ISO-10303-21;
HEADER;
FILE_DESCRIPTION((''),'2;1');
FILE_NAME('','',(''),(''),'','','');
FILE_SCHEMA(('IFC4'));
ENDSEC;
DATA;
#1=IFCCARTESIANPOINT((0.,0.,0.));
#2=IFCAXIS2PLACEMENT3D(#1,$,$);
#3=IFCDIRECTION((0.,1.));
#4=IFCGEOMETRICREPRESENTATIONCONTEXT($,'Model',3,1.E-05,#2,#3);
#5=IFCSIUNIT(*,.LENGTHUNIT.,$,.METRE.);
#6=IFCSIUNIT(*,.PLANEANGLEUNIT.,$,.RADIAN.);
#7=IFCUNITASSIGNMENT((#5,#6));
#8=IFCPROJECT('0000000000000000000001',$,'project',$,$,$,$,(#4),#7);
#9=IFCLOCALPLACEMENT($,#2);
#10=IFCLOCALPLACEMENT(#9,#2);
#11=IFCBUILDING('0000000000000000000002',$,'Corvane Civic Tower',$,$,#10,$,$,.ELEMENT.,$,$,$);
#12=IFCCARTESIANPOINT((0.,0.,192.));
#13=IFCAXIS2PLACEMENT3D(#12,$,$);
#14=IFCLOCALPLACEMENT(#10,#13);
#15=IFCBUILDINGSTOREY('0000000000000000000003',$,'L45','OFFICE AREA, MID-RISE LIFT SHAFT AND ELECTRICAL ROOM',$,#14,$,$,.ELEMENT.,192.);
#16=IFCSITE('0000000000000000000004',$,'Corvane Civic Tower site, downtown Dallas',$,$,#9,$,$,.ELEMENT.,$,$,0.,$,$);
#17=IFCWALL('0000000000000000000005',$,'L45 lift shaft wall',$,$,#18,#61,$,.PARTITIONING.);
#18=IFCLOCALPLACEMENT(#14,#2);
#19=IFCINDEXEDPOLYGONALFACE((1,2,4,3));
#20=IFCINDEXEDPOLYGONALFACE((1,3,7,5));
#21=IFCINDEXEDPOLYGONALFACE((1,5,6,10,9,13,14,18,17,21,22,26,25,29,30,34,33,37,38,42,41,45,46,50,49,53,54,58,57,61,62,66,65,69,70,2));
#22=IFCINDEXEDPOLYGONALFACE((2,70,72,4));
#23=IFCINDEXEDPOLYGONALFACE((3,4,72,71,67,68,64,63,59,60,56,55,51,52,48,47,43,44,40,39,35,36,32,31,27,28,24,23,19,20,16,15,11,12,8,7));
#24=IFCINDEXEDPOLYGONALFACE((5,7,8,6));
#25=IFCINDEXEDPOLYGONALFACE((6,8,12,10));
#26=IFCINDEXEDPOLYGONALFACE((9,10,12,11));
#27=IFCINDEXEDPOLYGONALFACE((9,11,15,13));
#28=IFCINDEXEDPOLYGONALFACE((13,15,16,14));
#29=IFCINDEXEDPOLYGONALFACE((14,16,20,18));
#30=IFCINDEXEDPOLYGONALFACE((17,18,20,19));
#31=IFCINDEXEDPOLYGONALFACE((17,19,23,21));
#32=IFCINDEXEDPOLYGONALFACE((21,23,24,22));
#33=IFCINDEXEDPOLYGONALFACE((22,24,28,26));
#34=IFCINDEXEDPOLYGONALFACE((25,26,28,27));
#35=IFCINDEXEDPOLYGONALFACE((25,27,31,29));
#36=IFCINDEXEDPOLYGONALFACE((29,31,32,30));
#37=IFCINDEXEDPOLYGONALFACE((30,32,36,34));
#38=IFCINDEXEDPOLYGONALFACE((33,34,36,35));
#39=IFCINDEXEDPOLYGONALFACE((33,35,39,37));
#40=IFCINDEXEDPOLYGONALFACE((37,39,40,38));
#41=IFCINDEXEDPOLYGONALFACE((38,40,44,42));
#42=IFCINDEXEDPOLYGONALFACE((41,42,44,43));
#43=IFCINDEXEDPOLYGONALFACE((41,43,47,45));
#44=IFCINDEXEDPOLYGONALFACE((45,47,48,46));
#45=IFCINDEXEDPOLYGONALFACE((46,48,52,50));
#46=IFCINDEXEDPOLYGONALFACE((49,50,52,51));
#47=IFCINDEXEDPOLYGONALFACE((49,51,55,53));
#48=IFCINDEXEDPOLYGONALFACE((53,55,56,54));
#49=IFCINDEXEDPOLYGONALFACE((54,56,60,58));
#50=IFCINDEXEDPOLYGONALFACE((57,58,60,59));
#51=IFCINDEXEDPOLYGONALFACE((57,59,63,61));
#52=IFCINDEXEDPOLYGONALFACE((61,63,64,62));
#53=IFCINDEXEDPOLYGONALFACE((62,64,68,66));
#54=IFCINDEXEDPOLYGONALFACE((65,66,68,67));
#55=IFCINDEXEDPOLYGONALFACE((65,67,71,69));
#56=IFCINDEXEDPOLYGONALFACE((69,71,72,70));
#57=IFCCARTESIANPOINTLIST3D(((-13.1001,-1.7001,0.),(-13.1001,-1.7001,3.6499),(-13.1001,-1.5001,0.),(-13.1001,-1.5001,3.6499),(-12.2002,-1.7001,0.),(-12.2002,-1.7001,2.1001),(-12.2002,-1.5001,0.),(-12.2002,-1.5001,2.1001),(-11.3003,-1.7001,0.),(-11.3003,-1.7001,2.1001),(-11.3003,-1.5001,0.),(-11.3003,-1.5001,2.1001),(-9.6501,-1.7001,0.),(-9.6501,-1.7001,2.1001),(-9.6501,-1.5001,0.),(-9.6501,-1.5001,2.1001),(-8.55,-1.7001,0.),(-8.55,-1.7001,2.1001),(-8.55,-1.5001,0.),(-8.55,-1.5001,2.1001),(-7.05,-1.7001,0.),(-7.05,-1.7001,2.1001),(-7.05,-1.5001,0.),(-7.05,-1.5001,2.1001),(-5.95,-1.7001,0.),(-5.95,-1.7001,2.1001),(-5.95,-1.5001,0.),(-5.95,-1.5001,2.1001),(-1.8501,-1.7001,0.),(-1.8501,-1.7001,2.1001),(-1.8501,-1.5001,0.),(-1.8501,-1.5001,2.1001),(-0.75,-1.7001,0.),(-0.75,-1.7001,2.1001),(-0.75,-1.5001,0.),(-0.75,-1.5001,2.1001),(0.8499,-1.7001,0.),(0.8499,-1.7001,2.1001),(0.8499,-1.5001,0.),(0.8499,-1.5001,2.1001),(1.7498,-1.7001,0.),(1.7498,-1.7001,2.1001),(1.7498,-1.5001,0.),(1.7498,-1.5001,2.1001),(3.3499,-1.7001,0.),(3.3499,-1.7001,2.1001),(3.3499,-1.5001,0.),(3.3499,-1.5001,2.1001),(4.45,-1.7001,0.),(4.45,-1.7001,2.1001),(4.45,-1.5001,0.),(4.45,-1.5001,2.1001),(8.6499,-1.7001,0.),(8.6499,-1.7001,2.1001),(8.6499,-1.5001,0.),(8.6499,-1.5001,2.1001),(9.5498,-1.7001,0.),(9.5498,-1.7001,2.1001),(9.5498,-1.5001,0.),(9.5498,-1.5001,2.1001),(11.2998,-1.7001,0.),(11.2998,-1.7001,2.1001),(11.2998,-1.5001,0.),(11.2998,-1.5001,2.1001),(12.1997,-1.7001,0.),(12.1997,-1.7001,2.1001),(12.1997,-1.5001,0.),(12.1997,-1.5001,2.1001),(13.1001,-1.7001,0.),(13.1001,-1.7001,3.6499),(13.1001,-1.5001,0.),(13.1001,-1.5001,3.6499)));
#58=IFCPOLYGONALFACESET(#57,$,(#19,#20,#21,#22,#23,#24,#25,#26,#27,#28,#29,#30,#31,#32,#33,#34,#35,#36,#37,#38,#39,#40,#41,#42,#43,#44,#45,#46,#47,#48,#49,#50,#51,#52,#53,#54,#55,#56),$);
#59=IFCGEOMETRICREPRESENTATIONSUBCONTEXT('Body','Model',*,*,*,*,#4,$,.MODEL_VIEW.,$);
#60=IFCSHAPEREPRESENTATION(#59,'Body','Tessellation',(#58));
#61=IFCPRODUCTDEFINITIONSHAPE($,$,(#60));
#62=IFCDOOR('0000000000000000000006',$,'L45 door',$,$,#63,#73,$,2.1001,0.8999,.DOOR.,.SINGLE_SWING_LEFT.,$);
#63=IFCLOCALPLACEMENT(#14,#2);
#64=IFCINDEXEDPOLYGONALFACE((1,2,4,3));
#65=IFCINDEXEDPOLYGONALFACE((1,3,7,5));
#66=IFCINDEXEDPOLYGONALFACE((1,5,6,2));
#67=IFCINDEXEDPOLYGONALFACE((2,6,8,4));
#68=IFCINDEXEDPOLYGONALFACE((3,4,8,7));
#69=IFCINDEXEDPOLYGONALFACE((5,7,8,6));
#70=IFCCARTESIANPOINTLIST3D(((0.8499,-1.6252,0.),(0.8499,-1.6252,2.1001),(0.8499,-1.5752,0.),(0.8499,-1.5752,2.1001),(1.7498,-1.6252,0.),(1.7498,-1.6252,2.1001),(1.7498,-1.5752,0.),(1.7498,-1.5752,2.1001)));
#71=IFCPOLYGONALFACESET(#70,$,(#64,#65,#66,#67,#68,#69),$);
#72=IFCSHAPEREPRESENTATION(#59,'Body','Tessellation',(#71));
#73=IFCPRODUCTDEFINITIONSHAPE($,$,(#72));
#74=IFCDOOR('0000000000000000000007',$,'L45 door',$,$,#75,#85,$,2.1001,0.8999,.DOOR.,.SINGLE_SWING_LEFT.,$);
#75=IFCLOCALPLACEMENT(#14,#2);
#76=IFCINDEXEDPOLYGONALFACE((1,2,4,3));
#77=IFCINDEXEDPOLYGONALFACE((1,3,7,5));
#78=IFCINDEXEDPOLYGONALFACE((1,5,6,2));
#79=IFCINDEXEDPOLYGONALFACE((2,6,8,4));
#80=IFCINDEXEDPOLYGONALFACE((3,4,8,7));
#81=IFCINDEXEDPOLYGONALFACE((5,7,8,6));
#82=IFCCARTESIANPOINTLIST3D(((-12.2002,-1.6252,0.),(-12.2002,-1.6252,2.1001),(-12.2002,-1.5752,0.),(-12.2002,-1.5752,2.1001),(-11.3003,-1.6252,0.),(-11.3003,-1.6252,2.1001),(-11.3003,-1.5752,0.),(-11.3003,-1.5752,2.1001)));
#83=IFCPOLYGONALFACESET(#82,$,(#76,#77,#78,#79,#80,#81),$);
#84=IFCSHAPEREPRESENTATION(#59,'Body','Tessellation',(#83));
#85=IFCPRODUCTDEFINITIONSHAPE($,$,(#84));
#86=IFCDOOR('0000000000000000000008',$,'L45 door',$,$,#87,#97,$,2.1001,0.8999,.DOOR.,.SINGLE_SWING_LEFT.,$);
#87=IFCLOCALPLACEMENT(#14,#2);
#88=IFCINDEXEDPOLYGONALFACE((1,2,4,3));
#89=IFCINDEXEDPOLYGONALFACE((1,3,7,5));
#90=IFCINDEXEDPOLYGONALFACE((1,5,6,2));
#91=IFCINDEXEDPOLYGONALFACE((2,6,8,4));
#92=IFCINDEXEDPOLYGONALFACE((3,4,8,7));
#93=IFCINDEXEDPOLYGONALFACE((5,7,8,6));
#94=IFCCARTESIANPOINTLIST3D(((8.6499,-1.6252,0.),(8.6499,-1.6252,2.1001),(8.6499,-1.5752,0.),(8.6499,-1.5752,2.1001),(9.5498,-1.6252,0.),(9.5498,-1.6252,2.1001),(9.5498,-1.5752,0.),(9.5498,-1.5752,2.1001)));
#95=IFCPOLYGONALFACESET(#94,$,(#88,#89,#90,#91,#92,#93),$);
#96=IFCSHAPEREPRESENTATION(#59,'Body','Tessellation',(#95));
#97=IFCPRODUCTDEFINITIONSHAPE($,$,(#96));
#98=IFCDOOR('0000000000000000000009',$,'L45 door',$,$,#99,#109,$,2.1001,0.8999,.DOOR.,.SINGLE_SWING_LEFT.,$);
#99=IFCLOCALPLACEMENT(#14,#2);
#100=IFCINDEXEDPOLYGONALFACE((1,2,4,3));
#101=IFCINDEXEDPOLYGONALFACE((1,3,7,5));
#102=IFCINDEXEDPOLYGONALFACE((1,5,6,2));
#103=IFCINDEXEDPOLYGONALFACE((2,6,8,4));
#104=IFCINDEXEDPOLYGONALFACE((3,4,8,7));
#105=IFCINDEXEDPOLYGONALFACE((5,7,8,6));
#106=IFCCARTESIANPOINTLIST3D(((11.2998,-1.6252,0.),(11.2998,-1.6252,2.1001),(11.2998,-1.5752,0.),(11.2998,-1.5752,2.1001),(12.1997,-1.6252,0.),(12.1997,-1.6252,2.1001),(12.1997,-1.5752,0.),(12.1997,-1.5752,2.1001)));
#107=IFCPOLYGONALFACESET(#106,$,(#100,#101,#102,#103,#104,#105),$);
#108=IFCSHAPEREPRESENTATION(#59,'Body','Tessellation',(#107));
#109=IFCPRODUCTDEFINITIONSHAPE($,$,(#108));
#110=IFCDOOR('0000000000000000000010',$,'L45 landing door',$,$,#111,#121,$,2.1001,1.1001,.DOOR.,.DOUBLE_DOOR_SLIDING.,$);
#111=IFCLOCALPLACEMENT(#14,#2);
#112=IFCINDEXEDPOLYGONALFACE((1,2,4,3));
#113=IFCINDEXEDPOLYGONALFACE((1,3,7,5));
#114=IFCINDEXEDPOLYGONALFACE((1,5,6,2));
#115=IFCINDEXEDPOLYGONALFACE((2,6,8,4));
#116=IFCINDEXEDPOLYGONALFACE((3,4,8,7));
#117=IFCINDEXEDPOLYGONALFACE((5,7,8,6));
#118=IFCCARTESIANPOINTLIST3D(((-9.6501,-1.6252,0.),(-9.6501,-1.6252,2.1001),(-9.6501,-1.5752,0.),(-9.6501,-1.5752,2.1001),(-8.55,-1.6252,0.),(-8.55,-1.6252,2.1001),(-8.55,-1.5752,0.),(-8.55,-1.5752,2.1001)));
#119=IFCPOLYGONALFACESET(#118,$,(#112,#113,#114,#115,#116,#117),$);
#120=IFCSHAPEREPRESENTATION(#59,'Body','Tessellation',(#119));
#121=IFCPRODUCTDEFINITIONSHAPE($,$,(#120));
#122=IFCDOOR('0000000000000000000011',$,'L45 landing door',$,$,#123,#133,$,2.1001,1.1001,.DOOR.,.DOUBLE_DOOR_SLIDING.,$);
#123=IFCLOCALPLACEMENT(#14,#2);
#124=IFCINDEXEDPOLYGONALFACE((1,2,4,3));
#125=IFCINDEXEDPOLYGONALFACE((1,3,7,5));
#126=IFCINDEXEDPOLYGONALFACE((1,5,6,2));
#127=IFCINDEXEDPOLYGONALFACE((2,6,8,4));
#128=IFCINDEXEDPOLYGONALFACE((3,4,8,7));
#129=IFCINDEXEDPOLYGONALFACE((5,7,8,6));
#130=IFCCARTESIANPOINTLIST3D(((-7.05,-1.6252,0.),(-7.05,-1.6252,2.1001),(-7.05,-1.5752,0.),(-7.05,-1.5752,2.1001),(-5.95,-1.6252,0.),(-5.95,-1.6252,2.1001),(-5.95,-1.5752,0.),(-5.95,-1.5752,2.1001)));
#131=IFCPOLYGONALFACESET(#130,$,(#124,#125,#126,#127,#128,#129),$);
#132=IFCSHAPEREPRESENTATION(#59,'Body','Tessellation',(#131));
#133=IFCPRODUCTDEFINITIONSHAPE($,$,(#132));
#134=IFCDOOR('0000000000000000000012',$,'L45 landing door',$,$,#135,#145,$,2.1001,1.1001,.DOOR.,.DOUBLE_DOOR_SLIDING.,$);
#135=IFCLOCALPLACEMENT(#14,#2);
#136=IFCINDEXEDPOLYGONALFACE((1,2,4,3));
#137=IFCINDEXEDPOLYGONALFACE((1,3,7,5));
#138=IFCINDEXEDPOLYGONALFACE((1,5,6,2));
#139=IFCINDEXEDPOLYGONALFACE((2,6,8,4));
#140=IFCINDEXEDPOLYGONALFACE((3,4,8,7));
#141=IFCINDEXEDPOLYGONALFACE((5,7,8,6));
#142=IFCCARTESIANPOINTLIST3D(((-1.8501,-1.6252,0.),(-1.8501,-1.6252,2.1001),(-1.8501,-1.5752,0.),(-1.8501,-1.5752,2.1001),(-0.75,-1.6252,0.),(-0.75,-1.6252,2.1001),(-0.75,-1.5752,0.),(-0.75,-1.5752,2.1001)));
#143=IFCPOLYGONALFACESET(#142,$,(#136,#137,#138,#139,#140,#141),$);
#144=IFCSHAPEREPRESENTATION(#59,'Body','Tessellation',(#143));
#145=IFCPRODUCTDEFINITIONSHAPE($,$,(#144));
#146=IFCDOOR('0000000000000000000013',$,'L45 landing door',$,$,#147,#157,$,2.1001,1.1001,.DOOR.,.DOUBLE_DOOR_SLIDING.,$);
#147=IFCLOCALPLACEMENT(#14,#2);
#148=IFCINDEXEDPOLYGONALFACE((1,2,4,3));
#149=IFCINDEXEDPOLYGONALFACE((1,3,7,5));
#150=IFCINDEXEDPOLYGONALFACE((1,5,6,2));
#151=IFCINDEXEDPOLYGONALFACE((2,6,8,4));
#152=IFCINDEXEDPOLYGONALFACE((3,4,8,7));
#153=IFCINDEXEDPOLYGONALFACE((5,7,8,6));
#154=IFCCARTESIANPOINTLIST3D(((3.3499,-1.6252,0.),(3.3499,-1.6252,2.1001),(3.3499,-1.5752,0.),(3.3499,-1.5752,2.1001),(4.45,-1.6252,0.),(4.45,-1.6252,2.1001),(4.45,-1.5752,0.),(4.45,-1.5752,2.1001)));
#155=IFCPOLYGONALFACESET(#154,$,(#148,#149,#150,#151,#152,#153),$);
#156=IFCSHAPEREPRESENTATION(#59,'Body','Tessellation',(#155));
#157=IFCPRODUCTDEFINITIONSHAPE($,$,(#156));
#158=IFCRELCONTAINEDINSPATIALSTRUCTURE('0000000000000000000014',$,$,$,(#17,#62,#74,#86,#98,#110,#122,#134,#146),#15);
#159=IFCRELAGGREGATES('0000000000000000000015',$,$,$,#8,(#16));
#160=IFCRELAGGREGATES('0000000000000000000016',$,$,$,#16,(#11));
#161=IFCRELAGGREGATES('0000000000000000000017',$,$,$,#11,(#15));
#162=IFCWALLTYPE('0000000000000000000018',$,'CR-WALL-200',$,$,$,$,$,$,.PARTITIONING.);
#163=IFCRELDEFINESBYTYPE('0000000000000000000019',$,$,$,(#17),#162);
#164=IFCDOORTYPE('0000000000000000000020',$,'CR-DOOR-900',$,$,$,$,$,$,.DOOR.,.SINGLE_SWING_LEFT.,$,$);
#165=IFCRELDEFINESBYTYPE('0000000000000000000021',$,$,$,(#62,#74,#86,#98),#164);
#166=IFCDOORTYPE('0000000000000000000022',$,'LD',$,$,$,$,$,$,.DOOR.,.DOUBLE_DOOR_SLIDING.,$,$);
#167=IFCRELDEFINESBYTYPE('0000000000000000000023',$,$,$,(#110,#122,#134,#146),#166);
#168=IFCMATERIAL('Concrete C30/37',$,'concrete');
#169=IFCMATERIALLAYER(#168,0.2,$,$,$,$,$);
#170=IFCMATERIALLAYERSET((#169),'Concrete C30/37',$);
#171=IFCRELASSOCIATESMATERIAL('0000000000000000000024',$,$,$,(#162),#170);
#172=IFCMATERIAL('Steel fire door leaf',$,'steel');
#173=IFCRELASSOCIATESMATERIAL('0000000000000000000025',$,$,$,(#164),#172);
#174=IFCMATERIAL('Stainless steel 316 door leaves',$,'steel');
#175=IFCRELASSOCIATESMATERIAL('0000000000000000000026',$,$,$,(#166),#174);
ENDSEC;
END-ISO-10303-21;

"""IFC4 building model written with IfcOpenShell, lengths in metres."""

from ifc_helpers import new_model, si_unit, direction, frame, frame_2d, origin, place, context, subcontext, project, spatial, rectangle, extrude, material, layer, layer_set, type_object, element, fill, save


model = new_model("IFC4")

# Units and contexts
model_context = context("Model", 3, precision=1e-05, world=origin(), true_north=direction((0.0, 1.0)))
body_context = subcontext(model_context, "Body", "Model", "MODEL_VIEW")
ifc_project = project(units=[si_unit("LENGTHUNIT", "METRE"), si_unit("PLANEANGLEUNIT", "RADIAN")], contexts=[model_context])

# Site, building, storey
site_placement = place(None, origin())
site = spatial("IfcSite", under=ifc_project, at=site_placement, Name="Corvane Civic Tower site, downtown Dallas", CompositionType="ELEMENT", RefElevation=0.0)
building_placement = place(site_placement, origin())
building = spatial("IfcBuilding", under=site, at=building_placement, Name="Corvane Civic Tower", CompositionType="ELEMENT")
storey_placement = place(building_placement, frame((0.0, 0.0, 192.0)))
storey = spatial("IfcBuildingStorey", under=building, at=storey_placement, Name="L45", Description="OFFICE AREA, MID-RISE LIFT SHAFT AND ELECTRICAL ROOM", CompositionType="ELEMENT", Elevation=192.0)

# Shared definitions
ifc_material_1 = material(Name="Concrete C30/37", Category="concrete")
ifc_layer_1 = layer(ifc_material_1, 0.2)
ifc_layer_set_1 = layer_set([ifc_layer_1], Name="Concrete C30/37")
wall_type_1 = type_object("IfcWallType", Name="CR-WALL-200", PredefinedType="PARTITIONING", material=ifc_layer_set_1)
ifc_material_2 = material(Name="Steel fire door leaf", Category="steel")
door_type_1 = type_object("IfcDoorType", Name="CR-DOOR-900", OperationType="SINGLE_SWING_LEFT", PredefinedType="DOOR", material=ifc_material_2)

# Wall, openings, doors
wall_1_placement = place(storey_placement, frame((-13.1001, -1.6001, 0.0), z_axis=(0.0, 0.0, 1.0), x_axis=(1.0, 0.0, 0.0)))
wall_1 = element("IfcWall", 1, at=wall_1_placement, inside=storey, type_object=wall_type_1, Name="L45 lift shaft wall", PredefinedType="PARTITIONING", context=body_context, shape_type="SweptSolid", body=[
    extrude(rectangle(XDim=26.2002, YDim=0.2, at=frame_2d((13.1001, 0.0))), origin(), (0.0, 0.0, 1.0), 3.6499),
])
opening_1_placement = place(wall_1_placement, frame((3.45, 0.0, 0.0)))
opening_1 = element("IfcOpeningElement", 2, at=opening_1_placement, cuts=wall_1, PredefinedType="OPENING", context=body_context, shape_type="SweptSolid", body=[
    extrude(rectangle(XDim=1.1001, YDim=2.1001, at=frame_2d((0.55, 1.05))), frame((0.0, 0.1099, 0.0), z_axis=(0.0, -1.0, 0.0), x_axis=(1.0, 0.0, 0.0)), (0.0, 0.0, 1.0), 0.22),
])
opening_2_placement = place(wall_1_placement, frame((6.05, 0.0, 0.0)))
opening_2 = element("IfcOpeningElement", 3, at=opening_2_placement, cuts=wall_1, PredefinedType="OPENING", context=body_context, shape_type="SweptSolid", body=[
    extrude(rectangle(XDim=1.1001, YDim=2.1001, at=frame_2d((0.55, 1.05))), frame((0.0, 0.1099, 0.0), z_axis=(0.0, -1.0, 0.0), x_axis=(1.0, 0.0, 0.0)), (0.0, 0.0, 1.0), 0.22),
])
opening_3_placement = place(wall_1_placement, frame((11.25, 0.0, 0.0)))
opening_3 = element("IfcOpeningElement", 4, at=opening_3_placement, cuts=wall_1, PredefinedType="OPENING", context=body_context, shape_type="SweptSolid", body=[
    extrude(rectangle(XDim=1.1001, YDim=2.1001, at=frame_2d((0.55, 1.05))), frame((0.0, 0.1099, 0.0), z_axis=(0.0, -1.0, 0.0), x_axis=(1.0, 0.0, 0.0)), (0.0, 0.0, 1.0), 0.22),
])
opening_4_placement = place(wall_1_placement, frame((13.95, 0.0, 0.0)))
opening_4 = element("IfcOpeningElement", 5, at=opening_4_placement, cuts=wall_1, PredefinedType="OPENING", context=body_context, shape_type="SweptSolid", body=[
    extrude(rectangle(XDim=0.8999, YDim=2.1001, at=frame_2d((0.45, 1.05))), frame((0.0, 0.1099, 0.0), z_axis=(0.0, -1.0, 0.0), x_axis=(1.0, 0.0, 0.0)), (0.0, 0.0, 1.0), 0.22),
])
opening_5_placement = place(wall_1_placement, frame((16.45, 0.0, 0.0)))
opening_5 = element("IfcOpeningElement", 6, at=opening_5_placement, cuts=wall_1, PredefinedType="OPENING", context=body_context, shape_type="SweptSolid", body=[
    extrude(rectangle(XDim=1.1001, YDim=2.1001, at=frame_2d((0.55, 1.05))), frame((0.0, 0.1099, 0.0), z_axis=(0.0, -1.0, 0.0), x_axis=(1.0, 0.0, 0.0)), (0.0, 0.0, 1.0), 0.22),
])
opening_6_placement = place(wall_1_placement, frame((0.8999, 0.0, 0.0)))
opening_6 = element("IfcOpeningElement", 7, at=opening_6_placement, cuts=wall_1, PredefinedType="OPENING", context=body_context, shape_type="SweptSolid", body=[
    extrude(rectangle(XDim=0.8999, YDim=2.1001, at=frame_2d((0.45, 1.05))), frame((0.0, 0.1099, 0.0), z_axis=(0.0, -1.0, 0.0), x_axis=(1.0, 0.0, 0.0)), (0.0, 0.0, 1.0), 0.22),
])
opening_7_placement = place(wall_1_placement, frame((21.75, 0.0, 0.0)))
opening_7 = element("IfcOpeningElement", 8, at=opening_7_placement, cuts=wall_1, PredefinedType="OPENING", context=body_context, shape_type="SweptSolid", body=[
    extrude(rectangle(XDim=0.8999, YDim=2.1001, at=frame_2d((0.45, 1.05))), frame((0.0, 0.1099, 0.0), z_axis=(0.0, -1.0, 0.0), x_axis=(1.0, 0.0, 0.0)), (0.0, 0.0, 1.0), 0.22),
])
opening_8_placement = place(wall_1_placement, frame((24.3999, 0.0, 0.0)))
opening_8 = element("IfcOpeningElement", 9, at=opening_8_placement, cuts=wall_1, PredefinedType="OPENING", context=body_context, shape_type="SweptSolid", body=[
    extrude(rectangle(XDim=0.8999, YDim=2.1001, at=frame_2d((0.45, 1.05))), frame((0.0, 0.1099, 0.0), z_axis=(0.0, -1.0, 0.0), x_axis=(1.0, 0.0, 0.0)), (0.0, 0.0, 1.0), 0.22),
])
door_1_placement = place(opening_4_placement, origin())
door_1 = element("IfcDoor", 10, at=door_1_placement, inside=storey, type_object=door_type_1, Name="L45 door", OperationType="SINGLE_SWING_LEFT", OverallHeight=2.1001, OverallWidth=0.8999, PredefinedType="DOOR", context=body_context, shape_type="SweptSolid", body=[
    extrude(rectangle(XDim=0.8999, YDim=2.1001, at=frame_2d((0.45, 1.05))), frame((0.0, 0.0249, 0.0), z_axis=(0.0, -1.0, 0.0), x_axis=(1.0, 0.0, 0.0)), (0.0, 0.0, 1.0), 0.05),
])
fill(opening_4, door_1)
door_2_placement = place(opening_6_placement, origin())
door_2 = element("IfcDoor", 11, at=door_2_placement, inside=storey, type_object=door_type_1, Name="L45 door", OperationType="SINGLE_SWING_LEFT", OverallHeight=2.1001, OverallWidth=0.8999, PredefinedType="DOOR", context=body_context, shape_type="SweptSolid", body=[
    extrude(rectangle(XDim=0.8999, YDim=2.1001, at=frame_2d((0.45, 1.05))), frame((0.0, 0.0249, 0.0), z_axis=(0.0, -1.0, 0.0), x_axis=(1.0, 0.0, 0.0)), (0.0, 0.0, 1.0), 0.05),
])
fill(opening_6, door_2)
door_3_placement = place(opening_7_placement, origin())
door_3 = element("IfcDoor", 12, at=door_3_placement, inside=storey, type_object=door_type_1, Name="L45 door", OperationType="SINGLE_SWING_LEFT", OverallHeight=2.1001, OverallWidth=0.8999, PredefinedType="DOOR", context=body_context, shape_type="SweptSolid", body=[
    extrude(rectangle(XDim=0.8999, YDim=2.1001, at=frame_2d((0.45, 1.05))), frame((0.0, 0.0249, 0.0), z_axis=(0.0, -1.0, 0.0), x_axis=(1.0, 0.0, 0.0)), (0.0, 0.0, 1.0), 0.05),
])
fill(opening_7, door_3)
door_4_placement = place(opening_8_placement, origin())
door_4 = element("IfcDoor", 13, at=door_4_placement, inside=storey, type_object=door_type_1, Name="L45 door", OperationType="SINGLE_SWING_LEFT", OverallHeight=2.1001, OverallWidth=0.8999, PredefinedType="DOOR", context=body_context, shape_type="SweptSolid", body=[
    extrude(rectangle(XDim=0.8999, YDim=2.1001, at=frame_2d((0.45, 1.05))), frame((0.0, 0.0249, 0.0), z_axis=(0.0, -1.0, 0.0), x_axis=(1.0, 0.0, 0.0)), (0.0, 0.0, 1.0), 0.05),
])
fill(opening_8, door_4)
ifc_material_3 = material(Name="Stainless steel 316 door leaves", Category="steel")
door_type_2 = type_object("IfcDoorType", Name="LD", OperationType="DOUBLE_DOOR_SLIDING", PredefinedType="DOOR", material=ifc_material_3)
door_5_placement = place(opening_1_placement, origin())
door_5 = element("IfcDoor", 14, at=door_5_placement, inside=storey, type_object=door_type_2, Name="L45 landing door", OperationType="DOUBLE_DOOR_SLIDING", OverallHeight=2.1001, OverallWidth=1.1001, PredefinedType="DOOR", context=body_context, shape_type="SweptSolid", body=[
    extrude(rectangle(XDim=1.1001, YDim=2.1001, at=frame_2d((0.55, 1.05))), frame((0.0, 0.0249, 0.0), z_axis=(0.0, -1.0, 0.0), x_axis=(1.0, 0.0, 0.0)), (0.0, 0.0, 1.0), 0.05),
])
fill(opening_1, door_5)
door_6_placement = place(opening_2_placement, origin())
door_6 = element("IfcDoor", 15, at=door_6_placement, inside=storey, type_object=door_type_2, Name="L45 landing door", OperationType="DOUBLE_DOOR_SLIDING", OverallHeight=2.1001, OverallWidth=1.1001, PredefinedType="DOOR", context=body_context, shape_type="SweptSolid", body=[
    extrude(rectangle(XDim=1.1001, YDim=2.1001, at=frame_2d((0.55, 1.05))), frame((0.0, 0.0249, 0.0), z_axis=(0.0, -1.0, 0.0), x_axis=(1.0, 0.0, 0.0)), (0.0, 0.0, 1.0), 0.05),
])
fill(opening_2, door_6)
door_7_placement = place(opening_3_placement, origin())
door_7 = element("IfcDoor", 16, at=door_7_placement, inside=storey, type_object=door_type_2, Name="L45 landing door", OperationType="DOUBLE_DOOR_SLIDING", OverallHeight=2.1001, OverallWidth=1.1001, PredefinedType="DOOR", context=body_context, shape_type="SweptSolid", body=[
    extrude(rectangle(XDim=1.1001, YDim=2.1001, at=frame_2d((0.55, 1.05))), frame((0.0, 0.0249, 0.0), z_axis=(0.0, -1.0, 0.0), x_axis=(1.0, 0.0, 0.0)), (0.0, 0.0, 1.0), 0.05),
])
fill(opening_3, door_7)
door_8_placement = place(opening_5_placement, origin())
door_8 = element("IfcDoor", 17, at=door_8_placement, inside=storey, type_object=door_type_2, Name="L45 landing door", OperationType="DOUBLE_DOOR_SLIDING", OverallHeight=2.1001, OverallWidth=1.1001, PredefinedType="DOOR", context=body_context, shape_type="SweptSolid", body=[
    extrude(rectangle(XDim=1.1001, YDim=2.1001, at=frame_2d((0.55, 1.05))), frame((0.0, 0.0249, 0.0), z_axis=(0.0, -1.0, 0.0), x_axis=(1.0, 0.0, 0.0)), (0.0, 0.0, 1.0), 0.05),
])
fill(opening_5, door_8)

save(model, "model.ifc")
